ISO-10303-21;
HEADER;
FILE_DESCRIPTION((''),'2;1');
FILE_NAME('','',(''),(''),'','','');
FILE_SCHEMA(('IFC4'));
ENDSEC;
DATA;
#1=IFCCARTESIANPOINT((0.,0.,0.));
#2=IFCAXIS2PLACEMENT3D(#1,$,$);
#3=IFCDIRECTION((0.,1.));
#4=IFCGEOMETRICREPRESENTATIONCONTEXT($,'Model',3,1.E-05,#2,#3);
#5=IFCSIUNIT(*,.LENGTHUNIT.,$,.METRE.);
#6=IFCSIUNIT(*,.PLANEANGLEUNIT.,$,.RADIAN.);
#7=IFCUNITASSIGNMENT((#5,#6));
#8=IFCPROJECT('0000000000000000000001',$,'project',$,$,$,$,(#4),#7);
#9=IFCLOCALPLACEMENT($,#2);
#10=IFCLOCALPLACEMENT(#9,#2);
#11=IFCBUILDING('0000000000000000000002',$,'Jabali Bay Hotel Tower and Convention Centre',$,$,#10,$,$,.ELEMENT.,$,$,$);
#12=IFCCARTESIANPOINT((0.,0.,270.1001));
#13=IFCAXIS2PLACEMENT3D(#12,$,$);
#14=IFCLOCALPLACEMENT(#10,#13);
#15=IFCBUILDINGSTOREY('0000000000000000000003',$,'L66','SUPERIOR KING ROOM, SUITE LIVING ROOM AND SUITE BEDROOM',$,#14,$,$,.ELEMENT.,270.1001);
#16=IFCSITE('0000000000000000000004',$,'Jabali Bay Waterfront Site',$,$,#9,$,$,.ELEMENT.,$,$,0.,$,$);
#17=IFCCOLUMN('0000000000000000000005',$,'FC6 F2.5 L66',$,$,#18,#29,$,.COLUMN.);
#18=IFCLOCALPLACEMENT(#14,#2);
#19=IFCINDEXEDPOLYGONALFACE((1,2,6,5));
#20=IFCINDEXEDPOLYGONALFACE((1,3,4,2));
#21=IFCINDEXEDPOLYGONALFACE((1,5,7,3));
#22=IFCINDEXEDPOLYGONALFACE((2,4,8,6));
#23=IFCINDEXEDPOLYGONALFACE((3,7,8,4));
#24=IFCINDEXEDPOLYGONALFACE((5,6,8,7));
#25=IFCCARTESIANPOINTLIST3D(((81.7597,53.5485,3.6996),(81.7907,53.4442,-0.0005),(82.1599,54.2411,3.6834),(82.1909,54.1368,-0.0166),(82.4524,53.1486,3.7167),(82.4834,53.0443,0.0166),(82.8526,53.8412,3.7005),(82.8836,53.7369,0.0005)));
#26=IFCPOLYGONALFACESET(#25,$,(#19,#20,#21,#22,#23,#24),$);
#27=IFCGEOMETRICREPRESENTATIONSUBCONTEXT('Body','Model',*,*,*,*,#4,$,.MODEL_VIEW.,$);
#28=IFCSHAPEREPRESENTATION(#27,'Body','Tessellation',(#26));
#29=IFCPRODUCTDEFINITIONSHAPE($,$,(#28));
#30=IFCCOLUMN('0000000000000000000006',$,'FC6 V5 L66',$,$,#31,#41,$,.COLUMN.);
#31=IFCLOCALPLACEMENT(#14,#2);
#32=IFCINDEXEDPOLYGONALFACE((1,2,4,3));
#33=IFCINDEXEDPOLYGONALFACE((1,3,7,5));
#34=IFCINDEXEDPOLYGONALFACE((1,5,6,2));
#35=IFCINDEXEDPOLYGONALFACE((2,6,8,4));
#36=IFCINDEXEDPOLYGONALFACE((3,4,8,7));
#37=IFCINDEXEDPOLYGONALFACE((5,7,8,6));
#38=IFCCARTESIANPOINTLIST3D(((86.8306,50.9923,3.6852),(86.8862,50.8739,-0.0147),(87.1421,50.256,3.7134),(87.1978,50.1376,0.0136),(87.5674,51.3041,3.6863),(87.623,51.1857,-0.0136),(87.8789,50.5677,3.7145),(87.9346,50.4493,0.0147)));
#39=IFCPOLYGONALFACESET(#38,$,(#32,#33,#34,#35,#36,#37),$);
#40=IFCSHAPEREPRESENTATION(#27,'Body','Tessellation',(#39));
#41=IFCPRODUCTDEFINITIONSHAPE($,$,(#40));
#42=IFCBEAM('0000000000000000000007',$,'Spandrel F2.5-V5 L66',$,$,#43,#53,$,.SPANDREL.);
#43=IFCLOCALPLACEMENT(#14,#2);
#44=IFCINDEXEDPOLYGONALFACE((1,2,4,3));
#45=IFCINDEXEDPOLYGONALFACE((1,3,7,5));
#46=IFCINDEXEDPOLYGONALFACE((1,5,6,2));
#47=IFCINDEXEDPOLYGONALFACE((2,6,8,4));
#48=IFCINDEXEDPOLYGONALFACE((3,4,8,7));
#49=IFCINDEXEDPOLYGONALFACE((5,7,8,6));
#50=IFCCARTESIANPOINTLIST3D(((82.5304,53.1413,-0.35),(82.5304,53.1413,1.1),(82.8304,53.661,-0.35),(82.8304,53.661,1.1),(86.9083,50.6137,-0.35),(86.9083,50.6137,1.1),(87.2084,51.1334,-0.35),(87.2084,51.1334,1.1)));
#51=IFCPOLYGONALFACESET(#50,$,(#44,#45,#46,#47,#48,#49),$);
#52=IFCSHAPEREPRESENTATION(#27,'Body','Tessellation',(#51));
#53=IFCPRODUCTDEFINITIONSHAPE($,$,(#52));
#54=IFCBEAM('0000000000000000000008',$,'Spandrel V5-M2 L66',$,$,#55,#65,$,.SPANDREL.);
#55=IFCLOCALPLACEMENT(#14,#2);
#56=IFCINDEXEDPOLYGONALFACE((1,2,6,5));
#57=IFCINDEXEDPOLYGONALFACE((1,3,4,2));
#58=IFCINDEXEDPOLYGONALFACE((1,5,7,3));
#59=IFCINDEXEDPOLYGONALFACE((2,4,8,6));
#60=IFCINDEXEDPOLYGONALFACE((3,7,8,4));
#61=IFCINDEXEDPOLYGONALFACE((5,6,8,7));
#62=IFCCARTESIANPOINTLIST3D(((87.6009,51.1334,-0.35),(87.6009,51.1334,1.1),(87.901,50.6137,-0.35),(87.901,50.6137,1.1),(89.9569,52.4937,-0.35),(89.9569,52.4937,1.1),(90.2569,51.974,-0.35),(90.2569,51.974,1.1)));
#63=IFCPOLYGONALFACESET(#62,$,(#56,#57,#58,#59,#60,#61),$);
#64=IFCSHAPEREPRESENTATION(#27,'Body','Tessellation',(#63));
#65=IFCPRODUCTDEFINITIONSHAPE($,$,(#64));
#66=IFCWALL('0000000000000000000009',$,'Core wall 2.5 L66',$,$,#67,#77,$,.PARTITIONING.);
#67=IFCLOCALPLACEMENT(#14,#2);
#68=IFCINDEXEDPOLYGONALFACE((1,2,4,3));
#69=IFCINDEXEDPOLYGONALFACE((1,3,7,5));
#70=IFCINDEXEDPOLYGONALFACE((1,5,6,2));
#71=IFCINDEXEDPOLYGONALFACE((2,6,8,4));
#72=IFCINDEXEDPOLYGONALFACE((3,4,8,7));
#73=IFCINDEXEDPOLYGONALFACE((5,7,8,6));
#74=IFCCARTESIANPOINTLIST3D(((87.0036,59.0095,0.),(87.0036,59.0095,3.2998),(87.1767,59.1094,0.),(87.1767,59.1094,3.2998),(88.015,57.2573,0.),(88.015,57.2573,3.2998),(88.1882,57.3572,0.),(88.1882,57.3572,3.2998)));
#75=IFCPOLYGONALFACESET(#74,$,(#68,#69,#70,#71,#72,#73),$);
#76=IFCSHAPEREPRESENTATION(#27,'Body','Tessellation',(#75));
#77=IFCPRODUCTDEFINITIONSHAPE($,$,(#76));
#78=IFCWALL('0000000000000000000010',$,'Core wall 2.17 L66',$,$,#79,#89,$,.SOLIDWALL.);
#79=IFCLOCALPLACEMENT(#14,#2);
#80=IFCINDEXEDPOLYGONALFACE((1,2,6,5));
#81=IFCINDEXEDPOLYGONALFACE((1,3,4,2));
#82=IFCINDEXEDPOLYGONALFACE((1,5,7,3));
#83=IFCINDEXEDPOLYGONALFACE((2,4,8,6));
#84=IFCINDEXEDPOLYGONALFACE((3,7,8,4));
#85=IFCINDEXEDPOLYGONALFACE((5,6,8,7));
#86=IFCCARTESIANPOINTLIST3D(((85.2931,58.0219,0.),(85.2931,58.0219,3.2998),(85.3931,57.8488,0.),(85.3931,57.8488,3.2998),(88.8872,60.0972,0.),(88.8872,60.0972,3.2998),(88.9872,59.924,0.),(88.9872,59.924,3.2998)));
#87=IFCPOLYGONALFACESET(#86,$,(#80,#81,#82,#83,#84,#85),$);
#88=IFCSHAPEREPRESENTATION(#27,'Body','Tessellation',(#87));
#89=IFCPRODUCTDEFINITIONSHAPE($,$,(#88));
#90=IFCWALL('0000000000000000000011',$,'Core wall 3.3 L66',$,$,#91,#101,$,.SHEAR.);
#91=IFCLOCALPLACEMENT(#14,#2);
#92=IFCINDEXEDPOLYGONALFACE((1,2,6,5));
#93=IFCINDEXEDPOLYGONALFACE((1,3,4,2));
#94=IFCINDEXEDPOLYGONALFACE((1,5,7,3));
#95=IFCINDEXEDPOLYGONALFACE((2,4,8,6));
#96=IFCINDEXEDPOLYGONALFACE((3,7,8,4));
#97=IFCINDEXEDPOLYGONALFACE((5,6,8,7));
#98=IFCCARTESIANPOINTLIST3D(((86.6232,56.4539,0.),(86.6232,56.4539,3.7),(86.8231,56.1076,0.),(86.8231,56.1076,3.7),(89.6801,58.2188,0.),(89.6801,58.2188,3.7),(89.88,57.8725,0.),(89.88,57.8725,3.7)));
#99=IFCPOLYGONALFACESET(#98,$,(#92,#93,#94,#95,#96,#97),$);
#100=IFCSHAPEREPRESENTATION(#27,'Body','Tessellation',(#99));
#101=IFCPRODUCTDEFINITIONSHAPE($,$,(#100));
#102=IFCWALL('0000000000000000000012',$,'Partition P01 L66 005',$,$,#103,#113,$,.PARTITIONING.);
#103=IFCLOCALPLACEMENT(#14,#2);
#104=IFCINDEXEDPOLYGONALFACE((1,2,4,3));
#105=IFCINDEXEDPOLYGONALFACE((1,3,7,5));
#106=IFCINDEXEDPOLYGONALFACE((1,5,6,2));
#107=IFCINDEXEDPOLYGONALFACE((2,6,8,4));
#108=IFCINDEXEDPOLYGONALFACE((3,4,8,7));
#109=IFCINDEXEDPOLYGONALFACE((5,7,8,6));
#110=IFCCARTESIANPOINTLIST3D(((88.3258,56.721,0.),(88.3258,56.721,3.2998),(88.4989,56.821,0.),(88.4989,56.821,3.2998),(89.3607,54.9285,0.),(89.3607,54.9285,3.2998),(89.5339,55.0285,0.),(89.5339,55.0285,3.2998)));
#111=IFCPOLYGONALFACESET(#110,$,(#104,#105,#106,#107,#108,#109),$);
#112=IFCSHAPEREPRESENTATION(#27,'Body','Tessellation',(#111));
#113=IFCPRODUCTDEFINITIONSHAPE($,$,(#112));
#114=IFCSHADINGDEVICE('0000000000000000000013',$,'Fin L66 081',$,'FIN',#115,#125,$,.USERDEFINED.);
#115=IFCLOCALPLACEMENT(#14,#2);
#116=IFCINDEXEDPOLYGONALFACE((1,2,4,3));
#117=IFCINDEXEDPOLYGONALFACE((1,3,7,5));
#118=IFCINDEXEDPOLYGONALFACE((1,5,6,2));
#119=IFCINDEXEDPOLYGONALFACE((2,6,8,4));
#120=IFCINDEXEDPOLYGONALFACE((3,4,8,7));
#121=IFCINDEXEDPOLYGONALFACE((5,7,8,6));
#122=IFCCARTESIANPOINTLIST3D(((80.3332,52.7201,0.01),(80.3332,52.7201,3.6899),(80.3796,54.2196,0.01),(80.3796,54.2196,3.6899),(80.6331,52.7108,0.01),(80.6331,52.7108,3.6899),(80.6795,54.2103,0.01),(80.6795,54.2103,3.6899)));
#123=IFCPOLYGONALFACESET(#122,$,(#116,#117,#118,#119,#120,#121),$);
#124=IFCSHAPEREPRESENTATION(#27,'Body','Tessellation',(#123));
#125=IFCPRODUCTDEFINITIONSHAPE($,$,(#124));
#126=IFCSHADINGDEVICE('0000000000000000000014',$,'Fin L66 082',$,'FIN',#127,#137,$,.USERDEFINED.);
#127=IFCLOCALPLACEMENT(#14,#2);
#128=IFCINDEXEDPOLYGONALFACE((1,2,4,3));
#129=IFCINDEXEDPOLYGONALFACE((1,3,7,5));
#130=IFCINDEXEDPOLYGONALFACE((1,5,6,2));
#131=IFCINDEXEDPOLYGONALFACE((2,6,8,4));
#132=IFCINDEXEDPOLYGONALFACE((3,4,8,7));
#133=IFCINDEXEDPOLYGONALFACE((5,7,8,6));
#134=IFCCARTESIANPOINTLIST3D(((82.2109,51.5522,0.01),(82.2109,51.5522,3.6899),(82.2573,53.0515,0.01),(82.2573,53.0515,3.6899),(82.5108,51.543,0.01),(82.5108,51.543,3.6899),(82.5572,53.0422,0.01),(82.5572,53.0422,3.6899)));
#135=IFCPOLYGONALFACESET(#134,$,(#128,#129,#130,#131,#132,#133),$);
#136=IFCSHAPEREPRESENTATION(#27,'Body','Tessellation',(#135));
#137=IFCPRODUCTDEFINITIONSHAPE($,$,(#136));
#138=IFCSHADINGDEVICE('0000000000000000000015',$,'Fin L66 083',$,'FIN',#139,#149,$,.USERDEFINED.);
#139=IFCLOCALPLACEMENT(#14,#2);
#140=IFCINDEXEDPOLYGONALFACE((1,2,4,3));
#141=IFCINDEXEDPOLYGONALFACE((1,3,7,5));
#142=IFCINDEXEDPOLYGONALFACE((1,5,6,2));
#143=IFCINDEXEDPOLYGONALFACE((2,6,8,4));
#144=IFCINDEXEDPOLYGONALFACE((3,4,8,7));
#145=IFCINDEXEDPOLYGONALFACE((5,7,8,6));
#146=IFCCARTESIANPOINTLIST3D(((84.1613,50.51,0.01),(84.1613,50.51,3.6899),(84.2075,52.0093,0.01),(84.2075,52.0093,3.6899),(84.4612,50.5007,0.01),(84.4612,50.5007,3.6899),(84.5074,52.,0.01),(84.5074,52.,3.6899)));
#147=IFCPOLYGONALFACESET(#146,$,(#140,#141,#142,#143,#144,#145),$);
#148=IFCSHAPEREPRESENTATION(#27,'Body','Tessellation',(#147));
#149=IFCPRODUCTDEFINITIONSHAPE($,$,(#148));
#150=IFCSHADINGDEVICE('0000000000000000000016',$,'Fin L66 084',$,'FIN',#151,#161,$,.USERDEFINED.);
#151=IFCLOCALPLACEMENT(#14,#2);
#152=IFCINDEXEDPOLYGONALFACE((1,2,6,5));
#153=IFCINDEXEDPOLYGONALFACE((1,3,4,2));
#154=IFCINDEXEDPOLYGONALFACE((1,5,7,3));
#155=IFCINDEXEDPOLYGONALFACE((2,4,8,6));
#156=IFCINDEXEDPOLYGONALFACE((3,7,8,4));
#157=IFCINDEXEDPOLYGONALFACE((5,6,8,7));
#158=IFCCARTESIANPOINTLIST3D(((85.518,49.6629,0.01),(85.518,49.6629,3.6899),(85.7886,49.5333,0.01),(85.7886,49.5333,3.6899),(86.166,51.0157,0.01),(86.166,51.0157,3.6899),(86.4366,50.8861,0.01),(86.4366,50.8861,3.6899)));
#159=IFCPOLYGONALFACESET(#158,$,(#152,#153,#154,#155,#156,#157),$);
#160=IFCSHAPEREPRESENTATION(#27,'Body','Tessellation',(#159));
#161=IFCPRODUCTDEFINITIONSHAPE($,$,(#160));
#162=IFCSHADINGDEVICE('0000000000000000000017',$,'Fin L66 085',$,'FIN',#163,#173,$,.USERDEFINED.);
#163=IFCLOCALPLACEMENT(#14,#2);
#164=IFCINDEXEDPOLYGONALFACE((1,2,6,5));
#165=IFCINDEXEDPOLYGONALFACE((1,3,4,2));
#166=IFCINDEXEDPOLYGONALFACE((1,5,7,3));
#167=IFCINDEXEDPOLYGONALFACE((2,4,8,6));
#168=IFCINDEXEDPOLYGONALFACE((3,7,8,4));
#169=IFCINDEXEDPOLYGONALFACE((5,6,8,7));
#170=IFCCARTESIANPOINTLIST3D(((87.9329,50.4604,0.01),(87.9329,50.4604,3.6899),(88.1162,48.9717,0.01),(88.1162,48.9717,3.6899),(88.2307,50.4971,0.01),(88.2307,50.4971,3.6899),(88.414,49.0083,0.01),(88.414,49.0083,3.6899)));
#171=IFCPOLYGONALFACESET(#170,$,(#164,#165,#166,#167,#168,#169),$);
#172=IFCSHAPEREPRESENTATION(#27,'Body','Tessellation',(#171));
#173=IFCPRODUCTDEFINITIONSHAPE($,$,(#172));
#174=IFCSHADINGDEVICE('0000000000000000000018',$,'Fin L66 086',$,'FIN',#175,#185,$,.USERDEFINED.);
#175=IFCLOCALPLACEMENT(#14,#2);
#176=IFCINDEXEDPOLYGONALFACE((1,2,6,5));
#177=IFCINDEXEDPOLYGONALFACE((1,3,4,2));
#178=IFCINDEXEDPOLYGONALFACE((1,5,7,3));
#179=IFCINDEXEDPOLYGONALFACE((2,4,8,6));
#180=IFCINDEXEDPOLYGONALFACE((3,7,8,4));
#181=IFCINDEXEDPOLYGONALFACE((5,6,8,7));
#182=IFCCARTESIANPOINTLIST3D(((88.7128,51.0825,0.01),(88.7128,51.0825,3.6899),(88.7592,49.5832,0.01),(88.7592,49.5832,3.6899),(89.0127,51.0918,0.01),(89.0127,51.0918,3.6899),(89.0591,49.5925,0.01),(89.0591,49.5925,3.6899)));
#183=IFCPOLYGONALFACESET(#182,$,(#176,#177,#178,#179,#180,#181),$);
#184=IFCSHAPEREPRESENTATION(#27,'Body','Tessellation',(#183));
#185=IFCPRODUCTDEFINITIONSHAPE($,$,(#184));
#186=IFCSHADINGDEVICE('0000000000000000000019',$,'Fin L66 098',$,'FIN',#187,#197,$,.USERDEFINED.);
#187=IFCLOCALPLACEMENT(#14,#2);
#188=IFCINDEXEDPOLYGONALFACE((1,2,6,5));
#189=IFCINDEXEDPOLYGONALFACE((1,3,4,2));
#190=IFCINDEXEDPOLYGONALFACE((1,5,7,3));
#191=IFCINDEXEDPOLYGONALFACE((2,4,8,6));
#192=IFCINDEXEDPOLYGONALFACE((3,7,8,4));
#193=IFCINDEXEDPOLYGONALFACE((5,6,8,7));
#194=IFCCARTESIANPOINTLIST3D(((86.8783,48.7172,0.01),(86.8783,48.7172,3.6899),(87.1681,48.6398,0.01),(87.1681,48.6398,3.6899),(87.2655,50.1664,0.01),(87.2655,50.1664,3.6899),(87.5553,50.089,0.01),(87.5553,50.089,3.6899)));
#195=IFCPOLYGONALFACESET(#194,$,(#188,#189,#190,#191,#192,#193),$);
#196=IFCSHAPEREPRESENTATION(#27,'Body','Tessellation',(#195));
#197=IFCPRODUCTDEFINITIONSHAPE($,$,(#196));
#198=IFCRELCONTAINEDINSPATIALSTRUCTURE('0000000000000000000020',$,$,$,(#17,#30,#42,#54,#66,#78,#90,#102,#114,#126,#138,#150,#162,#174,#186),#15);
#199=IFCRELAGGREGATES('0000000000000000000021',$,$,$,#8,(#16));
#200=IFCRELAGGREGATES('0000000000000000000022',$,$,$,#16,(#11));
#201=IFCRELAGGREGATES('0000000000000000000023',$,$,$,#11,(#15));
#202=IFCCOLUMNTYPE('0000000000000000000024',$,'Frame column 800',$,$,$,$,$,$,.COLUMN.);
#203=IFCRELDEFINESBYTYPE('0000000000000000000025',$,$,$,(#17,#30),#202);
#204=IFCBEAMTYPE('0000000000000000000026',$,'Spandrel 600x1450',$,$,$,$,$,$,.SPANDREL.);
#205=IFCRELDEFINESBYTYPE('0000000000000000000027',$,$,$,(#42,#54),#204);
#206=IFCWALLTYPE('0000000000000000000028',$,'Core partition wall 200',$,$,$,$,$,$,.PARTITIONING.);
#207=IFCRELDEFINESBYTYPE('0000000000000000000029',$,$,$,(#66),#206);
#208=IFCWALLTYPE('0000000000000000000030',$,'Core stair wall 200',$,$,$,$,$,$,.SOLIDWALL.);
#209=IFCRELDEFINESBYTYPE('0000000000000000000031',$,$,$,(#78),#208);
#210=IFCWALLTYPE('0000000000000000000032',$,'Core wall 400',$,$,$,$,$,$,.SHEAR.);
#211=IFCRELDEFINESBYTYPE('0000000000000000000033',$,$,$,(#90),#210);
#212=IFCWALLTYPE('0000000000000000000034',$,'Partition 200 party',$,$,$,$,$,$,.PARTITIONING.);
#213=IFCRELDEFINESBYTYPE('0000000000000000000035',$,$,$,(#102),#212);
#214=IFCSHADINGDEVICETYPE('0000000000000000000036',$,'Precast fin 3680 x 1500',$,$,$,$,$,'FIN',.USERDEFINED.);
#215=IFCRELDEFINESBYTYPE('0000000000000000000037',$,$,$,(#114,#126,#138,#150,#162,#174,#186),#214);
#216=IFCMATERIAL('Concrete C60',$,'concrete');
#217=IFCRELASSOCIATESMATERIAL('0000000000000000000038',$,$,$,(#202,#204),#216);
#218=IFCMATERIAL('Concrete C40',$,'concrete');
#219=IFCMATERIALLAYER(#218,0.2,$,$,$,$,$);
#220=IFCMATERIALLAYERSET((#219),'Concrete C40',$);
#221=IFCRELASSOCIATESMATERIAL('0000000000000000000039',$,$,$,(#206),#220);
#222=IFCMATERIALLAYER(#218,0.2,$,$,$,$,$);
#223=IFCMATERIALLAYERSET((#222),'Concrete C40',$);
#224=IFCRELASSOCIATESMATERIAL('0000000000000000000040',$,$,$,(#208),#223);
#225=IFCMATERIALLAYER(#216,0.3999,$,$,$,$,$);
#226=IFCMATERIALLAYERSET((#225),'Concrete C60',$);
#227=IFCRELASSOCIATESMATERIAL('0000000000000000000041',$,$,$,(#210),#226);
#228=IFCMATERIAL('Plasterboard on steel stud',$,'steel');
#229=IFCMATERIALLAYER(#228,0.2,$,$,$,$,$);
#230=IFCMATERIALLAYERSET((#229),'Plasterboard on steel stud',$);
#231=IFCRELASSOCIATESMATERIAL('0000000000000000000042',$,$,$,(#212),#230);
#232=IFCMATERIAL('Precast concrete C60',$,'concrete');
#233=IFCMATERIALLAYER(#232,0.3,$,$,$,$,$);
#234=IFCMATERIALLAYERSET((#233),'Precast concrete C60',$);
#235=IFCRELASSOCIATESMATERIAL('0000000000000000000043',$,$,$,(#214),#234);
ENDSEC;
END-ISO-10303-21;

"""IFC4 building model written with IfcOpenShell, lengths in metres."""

from ifc_helpers import new_model, si_unit, direction, frame, frame_2d, origin, origin_2d, place, context, subcontext, project, spatial, rectangle, extrude, material, layer, layer_set, material_profile, profile_set, type_object, element, save


model = new_model("IFC4")

# Units and contexts
model_context = context("Model", 3, precision=1e-05, world=origin(), true_north=direction((0.0, 1.0)))
body_context = subcontext(model_context, "Body", "Model", "MODEL_VIEW")
ifc_project = project(units=[si_unit("LENGTHUNIT", "METRE"), si_unit("PLANEANGLEUNIT", "RADIAN")], contexts=[model_context])

# Site, building, storey
site_placement = place(None, origin())
site = spatial("IfcSite", under=ifc_project, at=site_placement, Name="Jabali Bay Waterfront Site", CompositionType="ELEMENT", RefElevation=0.0)
building_placement = place(site_placement, origin())
building = spatial("IfcBuilding", under=site, at=building_placement, Name="Jabali Bay Hotel Tower and Convention Centre", CompositionType="ELEMENT")
storey_placement = place(building_placement, frame((0.0, 0.0, 270.1001)))
storey = spatial("IfcBuildingStorey", under=building, at=storey_placement, Name="L66", Description="SUPERIOR KING ROOM, SUITE LIVING ROOM AND SUITE BEDROOM", CompositionType="ELEMENT", Elevation=270.1001)

# Columns
ifc_material_1 = material(Name="Concrete C60", Category="concrete")
ifc_material_profile_1 = material_profile(ifc_material_1, rectangle(XDim=0.8, YDim=0.8, at=origin_2d()), Name="Frame column 800")
ifc_profile_set_1 = profile_set([ifc_material_profile_1], Name="Concrete C60")
column_type = type_object("IfcColumnType", Name="Frame column 800", PredefinedType="COLUMN", material=ifc_profile_set_1)
column_1_placement = place(storey_placement, frame((82.3372, 53.5906, 0.0), z_axis=(-0.008376, 0.028163, 0.999568), x_axis=(-0.50023, -0.865657, 0.020198)))
element("IfcColumn", 1, at=column_1_placement, inside=storey, type_object=column_type, Name="FC6 F2.5 L66", PredefinedType="COLUMN", context=body_context, shape_type="SweptSolid", body=[
    extrude(rectangle(XDim=0.8, YDim=0.8, at=origin_2d()), origin(), (0.0, 0.0, 1.0), 3.7017),
])
column_2_placement = place(storey_placement, frame((87.4104, 50.6616, 0.0), z_axis=(-0.015035, 0.031983, 0.999375), x_axis=(0.389391, -0.920395, 0.035313)))
element("IfcColumn", 2, at=column_2_placement, inside=storey, type_object=column_type, Name="FC6 V5 L66", PredefinedType="COLUMN", context=body_context, shape_type="SweptSolid", body=[
    extrude(rectangle(XDim=0.8, YDim=0.8, at=origin_2d()), origin(), (0.0, 0.0, 1.0), 3.7021),
])

# Beams
ifc_material_profile_2 = material_profile(ifc_material_1, rectangle(XDim=0.6001, YDim=1.45, at=origin_2d()), Name="Spandrel 600x1450")
ifc_profile_set_2 = profile_set([ifc_material_profile_2], Name="Concrete C60")
beam_type = type_object("IfcBeamType", Name="Spandrel 600x1450", PredefinedType="SPANDREL", material=ifc_profile_set_2)
beam_1_placement = place(storey_placement, frame((82.6804, 53.4011, 0.375), z_axis=(0.866026, -0.499998, 0.0), x_axis=(0.499998, 0.866026, 0.0)))
element("IfcBeam", 3, at=beam_1_placement, inside=storey, type_object=beam_type, Name="Spandrel F2.5-V5 L66", PredefinedType="SPANDREL", context=body_context, shape_type="SweptSolid", body=[
    extrude(rectangle(XDim=0.6001, YDim=1.45, at=origin_2d()), origin(), (0.0, 0.0, 1.0), 5.0552),
])
beam_2_placement = place(storey_placement, frame((87.751, 50.8735, 0.375), z_axis=(0.866003, 0.500038, 0.0), x_axis=(-0.500038, 0.866003, 0.0)))
element("IfcBeam", 4, at=beam_2_placement, inside=storey, type_object=beam_type, Name="Spandrel V5-M2 L66", PredefinedType="SPANDREL", context=body_context, shape_type="SweptSolid", body=[
    extrude(rectangle(XDim=0.6001, YDim=1.45, at=origin_2d()), origin(), (0.0, 0.0, 1.0), 2.7205),
])

# Walls
ifc_material_2 = material(Name="Concrete C40", Category="concrete")
ifc_layer_1 = layer(ifc_material_2, 0.2)
ifc_layer_set_1 = layer_set([ifc_layer_1], Name="Concrete C40")
wall_type_1 = type_object("IfcWallType", Name="Core partition wall 200", PredefinedType="PARTITIONING", material=ifc_layer_set_1)
wall_1_placement = place(storey_placement, frame((87.0901, 59.0596, 0.0), z_axis=(0.0, 0.0, 1.0), x_axis=(0.499942, -0.866059, 0.0)))
element("IfcWall", 5, at=wall_1_placement, inside=storey, type_object=wall_type_1, Name="Core wall 2.5 L66", PredefinedType="PARTITIONING", context=body_context, shape_type="SweptSolid", body=[
    extrude(rectangle(XDim=2.0232, YDim=0.2, at=frame_2d((1.0117, 0.0))), origin(), (0.0, 0.0, 1.0), 3.2998),
])
ifc_layer_2 = layer(ifc_material_2, 0.2)
ifc_layer_set_2 = layer_set([ifc_layer_2], Name="Concrete C40")
wall_type_2 = type_object("IfcWallType", Name="Core stair wall 200", PredefinedType="SOLIDWALL", material=ifc_layer_set_2)
wall_2_placement = place(storey_placement, frame((85.343, 57.9353, 0.0), z_axis=(0.0, 0.0, 1.0), x_axis=(0.866004, 0.500036, 0.0)))
element("IfcWall", 6, at=wall_2_placement, inside=storey, type_object=wall_type_2, Name="Core wall 2.17 L66", PredefinedType="SOLIDWALL", context=body_context, shape_type="SweptSolid", body=[
    extrude(rectangle(XDim=4.1501, YDim=0.2, at=frame_2d((2.0752, 0.0))), origin(), (0.0, 0.0, 1.0), 3.2998),
])
ifc_layer_3 = layer(ifc_material_1, 0.3999)
ifc_layer_set_3 = layer_set([ifc_layer_3], Name="Concrete C60")
wall_type_3 = type_object("IfcWallType", Name="Core wall 400", PredefinedType="SHEAR", material=ifc_layer_set_3)
wall_3_placement = place(storey_placement, frame((86.7231, 56.2808, 0.0), z_axis=(0.0, 0.0, 1.0), x_axis=(0.866025, 0.5, 0.0)))
element("IfcWall", 7, at=wall_3_placement, inside=storey, type_object=wall_type_3, Name="Core wall 3.3 L66", PredefinedType="SHEAR", context=body_context, shape_type="SweptSolid", body=[
    extrude(rectangle(XDim=3.5298, YDim=0.3999, at=frame_2d((1.7649, 0.0))), origin(), (0.0, 0.0, 1.0), 3.7),
])

# Wall
ifc_material_3 = material(Name="Plasterboard on steel stud", Category="steel")
ifc_layer_4 = layer(ifc_material_3, 0.2)
ifc_layer_set_4 = layer_set([ifc_layer_4], Name="Plasterboard on steel stud")
wall_type_4 = type_object("IfcWallType", Name="Partition 200 party", PredefinedType="PARTITIONING", material=ifc_layer_set_4)
wall_4_placement = place(storey_placement, frame((88.4124, 56.771, 0.0), z_axis=(0.0, 0.0, 1.0), x_axis=(0.500008, -0.866021, 0.0)))
element("IfcWall", 8, at=wall_4_placement, inside=storey, type_object=wall_type_4, Name="Partition P01 L66 005", PredefinedType="PARTITIONING", context=body_context, shape_type="SweptSolid", body=[
    extrude(rectangle(XDim=2.0698, YDim=0.2, at=frame_2d((1.0349, 0.0))), origin(), (0.0, 0.0, 1.0), 3.2998),
])

# Shading devices
ifc_material_4 = material(Name="Precast concrete C60", Category="concrete")
ifc_layer_5 = layer(ifc_material_4, 0.3)
ifc_layer_set_5 = layer_set([ifc_layer_5], Name="Precast concrete C60")
shading_device_type = type_object("IfcShadingDeviceType", Name="Precast fin 3680 x 1500", ElementType="FIN", PredefinedType="USERDEFINED", material=ifc_layer_set_5)
shading_device_placement = place(storey_placement, frame((80.5295, 54.2148, 0.01), z_axis=(0.0, 0.0, 1.0), x_axis=(-0.03092, -0.999522, 0.0)))
element("IfcShadingDevice", 9, at=shading_device_placement, inside=storey, type_object=shading_device_type, Name="Fin L66 081", ObjectType="FIN", PredefinedType="USERDEFINED", context=body_context, shape_type="SweptSolid", body=[
    extrude(rectangle(XDim=1.5002, YDim=0.3, at=frame_2d((0.75, 0.0))), origin(), (0.0, 0.0, 1.0), 3.6799),
])
for number, where, z_axis, x_axis, name in (
    (10, (82.4072, 53.0469, 0.01), (0.0, 0.0, 1.0), (-0.030925, -0.999522, 0.0), "Fin L66 082"),
    (11, (84.3574, 52.0046, 0.01), (0.0, 0.0, 1.0), (-0.030762, -0.999527, 0.0), "Fin L66 083"),
    (12, (86.3013, 50.9509, 0.01), (0.0, 0.0, 1.0), (-0.43198, -0.901883, 0.0), "Fin L66 084"),
    (13, (88.0818, 50.4788, 0.01), (0.0, 0.0, 1.0), (0.122232, -0.992502, 0.0), "Fin L66 085"),
    (14, (88.8628, 51.0872, 0.01), (0.0, 0.0, 1.0), (0.030925, -0.999522, 0.0), "Fin L66 086"),
    (15, (87.4104, 50.1277, 0.01), (0.0, 0.0, 1.0), (-0.258129, -0.966111, 0.0), "Fin L66 098"),
):
    element("IfcShadingDevice", number, at=place(storey_placement, frame(where, z_axis=z_axis, x_axis=x_axis)), inside=storey, type_object=shading_device_type, Name=name, ObjectType="FIN", PredefinedType="USERDEFINED", context=body_context, shape_type="SweptSolid", body=[
        extrude(rectangle(XDim=1.5, YDim=0.3, at=frame_2d((0.75, 0.0))), origin(), (0.0, 0.0, 1.0), 3.6799),
    ])

save(model, "model.ifc")
